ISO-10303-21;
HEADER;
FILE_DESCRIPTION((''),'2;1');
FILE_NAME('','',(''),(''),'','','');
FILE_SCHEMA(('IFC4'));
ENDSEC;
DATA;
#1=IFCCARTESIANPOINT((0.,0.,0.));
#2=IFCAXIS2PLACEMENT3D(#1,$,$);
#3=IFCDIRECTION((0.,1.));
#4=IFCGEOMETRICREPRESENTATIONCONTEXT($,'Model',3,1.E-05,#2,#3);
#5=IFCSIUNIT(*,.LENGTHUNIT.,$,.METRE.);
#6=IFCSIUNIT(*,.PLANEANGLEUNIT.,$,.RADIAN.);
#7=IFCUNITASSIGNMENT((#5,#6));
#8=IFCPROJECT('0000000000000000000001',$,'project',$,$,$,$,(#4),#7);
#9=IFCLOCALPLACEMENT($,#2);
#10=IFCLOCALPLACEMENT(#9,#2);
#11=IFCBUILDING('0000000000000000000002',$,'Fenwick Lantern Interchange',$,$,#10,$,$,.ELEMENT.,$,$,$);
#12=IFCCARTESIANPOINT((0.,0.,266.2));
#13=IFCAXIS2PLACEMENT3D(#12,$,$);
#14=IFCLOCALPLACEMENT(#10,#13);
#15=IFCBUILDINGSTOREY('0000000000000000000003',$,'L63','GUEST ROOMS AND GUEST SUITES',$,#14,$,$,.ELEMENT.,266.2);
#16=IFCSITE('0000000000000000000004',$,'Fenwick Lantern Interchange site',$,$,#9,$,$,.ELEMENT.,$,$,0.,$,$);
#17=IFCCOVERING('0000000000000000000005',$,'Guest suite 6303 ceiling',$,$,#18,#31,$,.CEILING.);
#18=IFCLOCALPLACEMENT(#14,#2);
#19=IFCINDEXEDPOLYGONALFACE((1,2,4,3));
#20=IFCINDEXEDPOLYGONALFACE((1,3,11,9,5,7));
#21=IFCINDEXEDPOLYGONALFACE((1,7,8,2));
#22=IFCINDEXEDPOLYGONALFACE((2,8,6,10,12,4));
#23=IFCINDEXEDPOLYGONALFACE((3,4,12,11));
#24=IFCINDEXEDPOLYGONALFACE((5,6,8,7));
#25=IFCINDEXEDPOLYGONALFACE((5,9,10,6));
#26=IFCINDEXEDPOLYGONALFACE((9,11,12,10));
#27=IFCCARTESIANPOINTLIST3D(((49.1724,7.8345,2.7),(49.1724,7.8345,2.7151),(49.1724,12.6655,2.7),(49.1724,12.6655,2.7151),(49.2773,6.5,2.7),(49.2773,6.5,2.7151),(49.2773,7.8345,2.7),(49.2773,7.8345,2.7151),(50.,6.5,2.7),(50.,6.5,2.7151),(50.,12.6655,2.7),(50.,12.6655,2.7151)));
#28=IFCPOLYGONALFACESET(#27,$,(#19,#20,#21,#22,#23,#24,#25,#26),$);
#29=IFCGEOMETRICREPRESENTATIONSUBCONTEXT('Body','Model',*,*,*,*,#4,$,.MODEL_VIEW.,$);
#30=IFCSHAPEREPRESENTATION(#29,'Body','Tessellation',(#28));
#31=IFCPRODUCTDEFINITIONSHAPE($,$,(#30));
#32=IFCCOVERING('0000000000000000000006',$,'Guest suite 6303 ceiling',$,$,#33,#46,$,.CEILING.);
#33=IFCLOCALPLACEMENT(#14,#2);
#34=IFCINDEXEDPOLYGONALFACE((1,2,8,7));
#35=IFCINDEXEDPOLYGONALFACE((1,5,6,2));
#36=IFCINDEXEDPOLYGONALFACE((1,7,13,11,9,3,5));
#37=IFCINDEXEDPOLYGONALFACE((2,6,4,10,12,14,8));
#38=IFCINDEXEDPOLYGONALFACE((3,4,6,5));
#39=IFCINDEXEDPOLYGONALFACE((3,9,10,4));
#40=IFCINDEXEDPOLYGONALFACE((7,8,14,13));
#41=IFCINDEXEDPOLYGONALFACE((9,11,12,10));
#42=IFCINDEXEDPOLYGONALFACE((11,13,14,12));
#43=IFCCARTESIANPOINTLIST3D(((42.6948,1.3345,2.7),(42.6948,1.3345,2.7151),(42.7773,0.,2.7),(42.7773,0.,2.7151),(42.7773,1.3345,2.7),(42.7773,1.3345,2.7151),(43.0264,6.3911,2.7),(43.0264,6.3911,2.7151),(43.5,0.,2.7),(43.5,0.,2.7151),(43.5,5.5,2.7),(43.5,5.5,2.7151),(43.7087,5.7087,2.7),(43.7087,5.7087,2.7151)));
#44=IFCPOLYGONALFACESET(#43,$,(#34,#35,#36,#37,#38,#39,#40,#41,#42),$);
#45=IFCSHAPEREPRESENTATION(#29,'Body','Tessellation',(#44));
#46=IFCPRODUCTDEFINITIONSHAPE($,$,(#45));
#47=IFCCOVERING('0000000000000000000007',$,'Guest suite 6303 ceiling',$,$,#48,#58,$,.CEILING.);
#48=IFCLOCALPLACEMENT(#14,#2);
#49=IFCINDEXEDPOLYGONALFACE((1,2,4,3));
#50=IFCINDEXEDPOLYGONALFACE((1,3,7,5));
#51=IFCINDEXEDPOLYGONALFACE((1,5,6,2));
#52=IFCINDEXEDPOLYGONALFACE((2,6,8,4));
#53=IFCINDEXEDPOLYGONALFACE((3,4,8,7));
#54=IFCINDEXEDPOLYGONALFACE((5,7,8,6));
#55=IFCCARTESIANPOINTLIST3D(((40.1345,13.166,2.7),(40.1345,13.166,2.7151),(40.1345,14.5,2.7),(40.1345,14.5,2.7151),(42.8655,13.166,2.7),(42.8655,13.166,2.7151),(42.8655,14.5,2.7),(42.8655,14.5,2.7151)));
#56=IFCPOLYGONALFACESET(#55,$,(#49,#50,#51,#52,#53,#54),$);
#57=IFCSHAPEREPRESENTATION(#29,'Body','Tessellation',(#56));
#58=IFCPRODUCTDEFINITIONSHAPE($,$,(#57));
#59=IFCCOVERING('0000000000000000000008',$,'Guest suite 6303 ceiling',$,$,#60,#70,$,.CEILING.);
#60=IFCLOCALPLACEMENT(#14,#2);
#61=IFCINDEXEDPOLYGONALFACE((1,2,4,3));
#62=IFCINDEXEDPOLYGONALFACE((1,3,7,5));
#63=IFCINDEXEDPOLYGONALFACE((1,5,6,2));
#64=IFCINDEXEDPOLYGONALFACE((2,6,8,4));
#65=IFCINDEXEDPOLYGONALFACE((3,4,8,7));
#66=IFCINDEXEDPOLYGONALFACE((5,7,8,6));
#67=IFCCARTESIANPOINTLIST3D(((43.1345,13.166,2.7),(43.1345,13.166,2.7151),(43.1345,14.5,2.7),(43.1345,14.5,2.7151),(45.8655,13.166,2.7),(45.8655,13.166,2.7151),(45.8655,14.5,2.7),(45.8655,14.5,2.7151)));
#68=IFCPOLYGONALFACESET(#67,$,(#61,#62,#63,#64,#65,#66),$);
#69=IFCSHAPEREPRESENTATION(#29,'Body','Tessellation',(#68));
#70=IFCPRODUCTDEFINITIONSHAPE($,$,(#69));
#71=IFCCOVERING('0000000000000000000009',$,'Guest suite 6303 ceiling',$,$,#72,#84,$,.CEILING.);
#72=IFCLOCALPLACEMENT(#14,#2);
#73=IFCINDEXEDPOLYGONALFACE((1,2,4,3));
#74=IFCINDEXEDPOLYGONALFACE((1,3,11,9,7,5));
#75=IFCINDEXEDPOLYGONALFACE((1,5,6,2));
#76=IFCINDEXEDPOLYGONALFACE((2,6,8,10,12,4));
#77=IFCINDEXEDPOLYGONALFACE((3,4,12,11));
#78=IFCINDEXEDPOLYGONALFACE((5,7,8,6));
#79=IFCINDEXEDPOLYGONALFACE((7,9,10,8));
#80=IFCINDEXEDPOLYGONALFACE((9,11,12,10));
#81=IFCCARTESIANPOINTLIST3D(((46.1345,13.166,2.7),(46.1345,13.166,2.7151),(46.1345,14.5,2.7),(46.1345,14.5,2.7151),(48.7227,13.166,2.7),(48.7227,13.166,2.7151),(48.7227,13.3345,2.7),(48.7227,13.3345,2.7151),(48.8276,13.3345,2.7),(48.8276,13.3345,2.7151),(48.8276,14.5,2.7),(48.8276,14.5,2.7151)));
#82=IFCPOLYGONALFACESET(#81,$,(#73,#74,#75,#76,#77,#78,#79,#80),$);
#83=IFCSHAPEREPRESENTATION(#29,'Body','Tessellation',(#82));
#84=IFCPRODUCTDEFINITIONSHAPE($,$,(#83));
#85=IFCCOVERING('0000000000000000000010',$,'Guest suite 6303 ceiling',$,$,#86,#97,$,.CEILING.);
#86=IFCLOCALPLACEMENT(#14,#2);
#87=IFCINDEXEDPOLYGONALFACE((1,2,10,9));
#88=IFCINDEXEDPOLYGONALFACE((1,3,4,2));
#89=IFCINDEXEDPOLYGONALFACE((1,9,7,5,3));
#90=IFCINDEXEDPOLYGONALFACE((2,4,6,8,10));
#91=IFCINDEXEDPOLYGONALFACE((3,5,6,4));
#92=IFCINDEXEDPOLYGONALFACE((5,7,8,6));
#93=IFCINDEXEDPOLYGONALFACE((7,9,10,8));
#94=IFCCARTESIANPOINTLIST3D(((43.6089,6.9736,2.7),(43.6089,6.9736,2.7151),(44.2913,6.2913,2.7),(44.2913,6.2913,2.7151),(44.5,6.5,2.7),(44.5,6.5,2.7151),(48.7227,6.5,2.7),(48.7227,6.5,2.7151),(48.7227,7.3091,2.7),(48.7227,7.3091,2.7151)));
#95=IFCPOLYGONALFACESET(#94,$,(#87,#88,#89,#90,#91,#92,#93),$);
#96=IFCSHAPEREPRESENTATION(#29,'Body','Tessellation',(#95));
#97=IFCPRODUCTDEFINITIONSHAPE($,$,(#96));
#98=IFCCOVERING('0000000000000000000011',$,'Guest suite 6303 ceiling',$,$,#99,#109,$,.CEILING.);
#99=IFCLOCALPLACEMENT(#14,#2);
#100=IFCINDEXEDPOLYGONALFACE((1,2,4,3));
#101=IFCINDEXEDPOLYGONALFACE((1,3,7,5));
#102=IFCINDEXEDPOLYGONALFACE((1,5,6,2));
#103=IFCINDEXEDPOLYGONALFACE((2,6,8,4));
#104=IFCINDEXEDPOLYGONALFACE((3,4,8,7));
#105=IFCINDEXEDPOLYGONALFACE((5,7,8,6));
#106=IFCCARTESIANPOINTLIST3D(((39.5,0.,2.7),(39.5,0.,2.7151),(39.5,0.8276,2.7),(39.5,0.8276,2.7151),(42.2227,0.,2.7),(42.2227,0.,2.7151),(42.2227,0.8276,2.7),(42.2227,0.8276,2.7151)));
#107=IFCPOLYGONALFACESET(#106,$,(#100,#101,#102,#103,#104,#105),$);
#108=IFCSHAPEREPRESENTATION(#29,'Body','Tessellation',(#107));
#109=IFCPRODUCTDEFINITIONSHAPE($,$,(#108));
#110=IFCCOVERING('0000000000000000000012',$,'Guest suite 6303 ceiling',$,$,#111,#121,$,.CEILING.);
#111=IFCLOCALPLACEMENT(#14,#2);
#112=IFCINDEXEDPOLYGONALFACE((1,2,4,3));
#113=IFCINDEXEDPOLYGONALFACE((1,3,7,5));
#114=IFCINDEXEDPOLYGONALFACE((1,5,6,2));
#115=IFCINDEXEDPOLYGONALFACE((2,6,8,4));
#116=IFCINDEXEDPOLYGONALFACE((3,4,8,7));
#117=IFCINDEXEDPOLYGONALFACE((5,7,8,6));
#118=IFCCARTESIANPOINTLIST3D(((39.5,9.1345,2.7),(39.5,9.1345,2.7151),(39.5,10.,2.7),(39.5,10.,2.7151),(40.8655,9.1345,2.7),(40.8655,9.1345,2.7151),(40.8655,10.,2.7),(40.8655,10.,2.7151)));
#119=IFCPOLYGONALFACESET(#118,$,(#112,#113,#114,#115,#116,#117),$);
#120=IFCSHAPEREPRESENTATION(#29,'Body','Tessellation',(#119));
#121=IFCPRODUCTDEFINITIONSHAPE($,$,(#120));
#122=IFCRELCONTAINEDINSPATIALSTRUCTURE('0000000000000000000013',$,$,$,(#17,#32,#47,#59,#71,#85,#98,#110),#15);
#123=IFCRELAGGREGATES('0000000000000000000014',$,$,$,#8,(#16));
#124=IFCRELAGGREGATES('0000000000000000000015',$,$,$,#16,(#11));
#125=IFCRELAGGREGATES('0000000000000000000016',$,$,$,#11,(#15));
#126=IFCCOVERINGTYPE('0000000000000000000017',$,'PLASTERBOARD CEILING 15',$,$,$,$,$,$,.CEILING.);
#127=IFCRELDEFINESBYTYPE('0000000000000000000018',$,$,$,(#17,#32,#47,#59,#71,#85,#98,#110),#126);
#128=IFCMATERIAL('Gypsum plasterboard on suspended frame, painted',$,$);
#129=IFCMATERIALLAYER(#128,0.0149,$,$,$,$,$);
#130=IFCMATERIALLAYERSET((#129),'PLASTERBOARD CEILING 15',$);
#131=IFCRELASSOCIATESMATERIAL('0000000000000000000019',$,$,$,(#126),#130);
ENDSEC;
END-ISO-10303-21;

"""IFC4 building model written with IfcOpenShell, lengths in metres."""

from ifc_helpers import new_model, si_unit, direction, frame, origin, place, context, subcontext, project, spatial, polyline, outline, extrude, material, layer, layer_set, type_object, element, save


model = new_model("IFC4")

# Units and contexts
model_context = context("Model", 3, precision=1e-05, world=origin(), true_north=direction((0.0, 1.0)))
body_context = subcontext(model_context, "Body", "Model", "MODEL_VIEW")
ifc_project = project(units=[si_unit("LENGTHUNIT", "METRE"), si_unit("PLANEANGLEUNIT", "RADIAN")], contexts=[model_context])

# Site, building, storey
site_placement = place(None, origin())
site = spatial("IfcSite", under=ifc_project, at=site_placement, Name="Fenwick Lantern Interchange site", CompositionType="ELEMENT", RefElevation=0.0)
building_placement = place(site_placement, origin())
building = spatial("IfcBuilding", under=site, at=building_placement, Name="Fenwick Lantern Interchange", CompositionType="ELEMENT")
storey_placement = place(building_placement, frame((0.0, 0.0, 266.2)))
storey = spatial("IfcBuildingStorey", under=building, at=storey_placement, Name="L63", Description="GUEST ROOMS AND GUEST SUITES", CompositionType="ELEMENT", Elevation=266.2)

# Coverings
ifc_material = material(Name="Gypsum plasterboard on suspended frame, painted")
ifc_layer = layer(ifc_material, 0.0149)
ifc_layer_set = layer_set([ifc_layer], Name="PLASTERBOARD CEILING 15")
covering_type = type_object("IfcCoveringType", Name="PLASTERBOARD CEILING 15", PredefinedType="CEILING", material=ifc_layer_set)
covering_1_placement = place(storey_placement, frame((0.0, 0.0, 2.7)))
element("IfcCovering", 1, at=covering_1_placement, inside=storey, type_object=covering_type, Name="Guest suite 6303 ceiling", PredefinedType="CEILING", context=body_context, shape_type="SweptSolid", body=[
    extrude(outline(polyline([(50.0, 12.6655), (49.1724, 12.6655), (49.1724, 7.8345), (49.2773, 7.8345), (49.2773, 6.5), (50.0, 6.5), (50.0, 12.6655)])), origin(), (0.0, 0.0, 1.0), 0.0151),
])
covering_2_placement = place(storey_placement, frame((0.0, 0.0, 2.7)))
element("IfcCovering", 2, at=covering_2_placement, inside=storey, type_object=covering_type, Name="Guest suite 6303 ceiling", PredefinedType="CEILING", context=body_context, shape_type="SweptSolid", body=[
    extrude(outline(polyline([(42.6948, 1.3345), (42.7773, 1.3345), (42.7773, 0.0), (43.5, 0.0), (43.5, 5.5), (43.7087, 5.7087), (43.0264, 6.3911), (42.6948, 1.3345)])), origin(), (0.0, 0.0, 1.0), 0.0151),
])
covering_3_placement = place(storey_placement, frame((0.0, 0.0, 2.7)))
element("IfcCovering", 3, at=covering_3_placement, inside=storey, type_object=covering_type, Name="Guest suite 6303 ceiling", PredefinedType="CEILING", context=body_context, shape_type="SweptSolid", body=[
    extrude(outline(polyline([(42.8655, 14.5), (40.1345, 14.5), (40.1345, 13.166), (42.8655, 13.166), (42.8655, 14.5)])), origin(), (0.0, 0.0, 1.0), 0.0151),
])
covering_4_placement = place(storey_placement, frame((0.0, 0.0, 2.7)))
element("IfcCovering", 4, at=covering_4_placement, inside=storey, type_object=covering_type, Name="Guest suite 6303 ceiling", PredefinedType="CEILING", context=body_context, shape_type="SweptSolid", body=[
    extrude(outline(polyline([(45.8655, 14.5), (43.1345, 14.5), (43.1345, 13.166), (45.8655, 13.166), (45.8655, 14.5)])), origin(), (0.0, 0.0, 1.0), 0.0151),
])
covering_5_placement = place(storey_placement, frame((0.0, 0.0, 2.7)))
element("IfcCovering", 5, at=covering_5_placement, inside=storey, type_object=covering_type, Name="Guest suite 6303 ceiling", PredefinedType="CEILING", context=body_context, shape_type="SweptSolid", body=[
    extrude(outline(polyline([(48.8276, 14.5), (46.1345, 14.5), (46.1345, 13.166), (48.7227, 13.166), (48.7227, 13.3345), (48.8276, 13.3345), (48.8276, 14.5)])), origin(), (0.0, 0.0, 1.0), 0.0151),
])
covering_6_placement = place(storey_placement, frame((0.0, 0.0, 2.7)))
element("IfcCovering", 6, at=covering_6_placement, inside=storey, type_object=covering_type, Name="Guest suite 6303 ceiling", PredefinedType="CEILING", context=body_context, shape_type="SweptSolid", body=[
    extrude(outline(polyline([(48.7227, 6.5), (48.7227, 7.3091), (43.6089, 6.9736), (44.2913, 6.2913), (44.5, 6.5), (48.7227, 6.5)])), origin(), (0.0, 0.0, 1.0), 0.0151),
])
covering_7_placement = place(storey_placement, frame((0.0, 0.0, 2.7)))
element("IfcCovering", 7, at=covering_7_placement, inside=storey, type_object=covering_type, Name="Guest suite 6303 ceiling", PredefinedType="CEILING", context=body_context, shape_type="SweptSolid", body=[
    extrude(outline(polyline([(42.2227, 0.0), (42.2227, 0.8276), (39.5, 0.8276), (39.5, 0.0), (42.2227, 0.0)])), origin(), (0.0, 0.0, 1.0), 0.0151),
])
covering_8_placement = place(storey_placement, frame((0.0, 0.0, 2.7)))
element("IfcCovering", 8, at=covering_8_placement, inside=storey, type_object=covering_type, Name="Guest suite 6303 ceiling", PredefinedType="CEILING", context=body_context, shape_type="SweptSolid", body=[
    extrude(outline(polyline([(39.5, 10.0), (39.5, 9.1345), (40.8655, 9.1345), (40.8655, 10.0), (39.5, 10.0)])), origin(), (0.0, 0.0, 1.0), 0.0151),
])

save(model, "model.ifc")
